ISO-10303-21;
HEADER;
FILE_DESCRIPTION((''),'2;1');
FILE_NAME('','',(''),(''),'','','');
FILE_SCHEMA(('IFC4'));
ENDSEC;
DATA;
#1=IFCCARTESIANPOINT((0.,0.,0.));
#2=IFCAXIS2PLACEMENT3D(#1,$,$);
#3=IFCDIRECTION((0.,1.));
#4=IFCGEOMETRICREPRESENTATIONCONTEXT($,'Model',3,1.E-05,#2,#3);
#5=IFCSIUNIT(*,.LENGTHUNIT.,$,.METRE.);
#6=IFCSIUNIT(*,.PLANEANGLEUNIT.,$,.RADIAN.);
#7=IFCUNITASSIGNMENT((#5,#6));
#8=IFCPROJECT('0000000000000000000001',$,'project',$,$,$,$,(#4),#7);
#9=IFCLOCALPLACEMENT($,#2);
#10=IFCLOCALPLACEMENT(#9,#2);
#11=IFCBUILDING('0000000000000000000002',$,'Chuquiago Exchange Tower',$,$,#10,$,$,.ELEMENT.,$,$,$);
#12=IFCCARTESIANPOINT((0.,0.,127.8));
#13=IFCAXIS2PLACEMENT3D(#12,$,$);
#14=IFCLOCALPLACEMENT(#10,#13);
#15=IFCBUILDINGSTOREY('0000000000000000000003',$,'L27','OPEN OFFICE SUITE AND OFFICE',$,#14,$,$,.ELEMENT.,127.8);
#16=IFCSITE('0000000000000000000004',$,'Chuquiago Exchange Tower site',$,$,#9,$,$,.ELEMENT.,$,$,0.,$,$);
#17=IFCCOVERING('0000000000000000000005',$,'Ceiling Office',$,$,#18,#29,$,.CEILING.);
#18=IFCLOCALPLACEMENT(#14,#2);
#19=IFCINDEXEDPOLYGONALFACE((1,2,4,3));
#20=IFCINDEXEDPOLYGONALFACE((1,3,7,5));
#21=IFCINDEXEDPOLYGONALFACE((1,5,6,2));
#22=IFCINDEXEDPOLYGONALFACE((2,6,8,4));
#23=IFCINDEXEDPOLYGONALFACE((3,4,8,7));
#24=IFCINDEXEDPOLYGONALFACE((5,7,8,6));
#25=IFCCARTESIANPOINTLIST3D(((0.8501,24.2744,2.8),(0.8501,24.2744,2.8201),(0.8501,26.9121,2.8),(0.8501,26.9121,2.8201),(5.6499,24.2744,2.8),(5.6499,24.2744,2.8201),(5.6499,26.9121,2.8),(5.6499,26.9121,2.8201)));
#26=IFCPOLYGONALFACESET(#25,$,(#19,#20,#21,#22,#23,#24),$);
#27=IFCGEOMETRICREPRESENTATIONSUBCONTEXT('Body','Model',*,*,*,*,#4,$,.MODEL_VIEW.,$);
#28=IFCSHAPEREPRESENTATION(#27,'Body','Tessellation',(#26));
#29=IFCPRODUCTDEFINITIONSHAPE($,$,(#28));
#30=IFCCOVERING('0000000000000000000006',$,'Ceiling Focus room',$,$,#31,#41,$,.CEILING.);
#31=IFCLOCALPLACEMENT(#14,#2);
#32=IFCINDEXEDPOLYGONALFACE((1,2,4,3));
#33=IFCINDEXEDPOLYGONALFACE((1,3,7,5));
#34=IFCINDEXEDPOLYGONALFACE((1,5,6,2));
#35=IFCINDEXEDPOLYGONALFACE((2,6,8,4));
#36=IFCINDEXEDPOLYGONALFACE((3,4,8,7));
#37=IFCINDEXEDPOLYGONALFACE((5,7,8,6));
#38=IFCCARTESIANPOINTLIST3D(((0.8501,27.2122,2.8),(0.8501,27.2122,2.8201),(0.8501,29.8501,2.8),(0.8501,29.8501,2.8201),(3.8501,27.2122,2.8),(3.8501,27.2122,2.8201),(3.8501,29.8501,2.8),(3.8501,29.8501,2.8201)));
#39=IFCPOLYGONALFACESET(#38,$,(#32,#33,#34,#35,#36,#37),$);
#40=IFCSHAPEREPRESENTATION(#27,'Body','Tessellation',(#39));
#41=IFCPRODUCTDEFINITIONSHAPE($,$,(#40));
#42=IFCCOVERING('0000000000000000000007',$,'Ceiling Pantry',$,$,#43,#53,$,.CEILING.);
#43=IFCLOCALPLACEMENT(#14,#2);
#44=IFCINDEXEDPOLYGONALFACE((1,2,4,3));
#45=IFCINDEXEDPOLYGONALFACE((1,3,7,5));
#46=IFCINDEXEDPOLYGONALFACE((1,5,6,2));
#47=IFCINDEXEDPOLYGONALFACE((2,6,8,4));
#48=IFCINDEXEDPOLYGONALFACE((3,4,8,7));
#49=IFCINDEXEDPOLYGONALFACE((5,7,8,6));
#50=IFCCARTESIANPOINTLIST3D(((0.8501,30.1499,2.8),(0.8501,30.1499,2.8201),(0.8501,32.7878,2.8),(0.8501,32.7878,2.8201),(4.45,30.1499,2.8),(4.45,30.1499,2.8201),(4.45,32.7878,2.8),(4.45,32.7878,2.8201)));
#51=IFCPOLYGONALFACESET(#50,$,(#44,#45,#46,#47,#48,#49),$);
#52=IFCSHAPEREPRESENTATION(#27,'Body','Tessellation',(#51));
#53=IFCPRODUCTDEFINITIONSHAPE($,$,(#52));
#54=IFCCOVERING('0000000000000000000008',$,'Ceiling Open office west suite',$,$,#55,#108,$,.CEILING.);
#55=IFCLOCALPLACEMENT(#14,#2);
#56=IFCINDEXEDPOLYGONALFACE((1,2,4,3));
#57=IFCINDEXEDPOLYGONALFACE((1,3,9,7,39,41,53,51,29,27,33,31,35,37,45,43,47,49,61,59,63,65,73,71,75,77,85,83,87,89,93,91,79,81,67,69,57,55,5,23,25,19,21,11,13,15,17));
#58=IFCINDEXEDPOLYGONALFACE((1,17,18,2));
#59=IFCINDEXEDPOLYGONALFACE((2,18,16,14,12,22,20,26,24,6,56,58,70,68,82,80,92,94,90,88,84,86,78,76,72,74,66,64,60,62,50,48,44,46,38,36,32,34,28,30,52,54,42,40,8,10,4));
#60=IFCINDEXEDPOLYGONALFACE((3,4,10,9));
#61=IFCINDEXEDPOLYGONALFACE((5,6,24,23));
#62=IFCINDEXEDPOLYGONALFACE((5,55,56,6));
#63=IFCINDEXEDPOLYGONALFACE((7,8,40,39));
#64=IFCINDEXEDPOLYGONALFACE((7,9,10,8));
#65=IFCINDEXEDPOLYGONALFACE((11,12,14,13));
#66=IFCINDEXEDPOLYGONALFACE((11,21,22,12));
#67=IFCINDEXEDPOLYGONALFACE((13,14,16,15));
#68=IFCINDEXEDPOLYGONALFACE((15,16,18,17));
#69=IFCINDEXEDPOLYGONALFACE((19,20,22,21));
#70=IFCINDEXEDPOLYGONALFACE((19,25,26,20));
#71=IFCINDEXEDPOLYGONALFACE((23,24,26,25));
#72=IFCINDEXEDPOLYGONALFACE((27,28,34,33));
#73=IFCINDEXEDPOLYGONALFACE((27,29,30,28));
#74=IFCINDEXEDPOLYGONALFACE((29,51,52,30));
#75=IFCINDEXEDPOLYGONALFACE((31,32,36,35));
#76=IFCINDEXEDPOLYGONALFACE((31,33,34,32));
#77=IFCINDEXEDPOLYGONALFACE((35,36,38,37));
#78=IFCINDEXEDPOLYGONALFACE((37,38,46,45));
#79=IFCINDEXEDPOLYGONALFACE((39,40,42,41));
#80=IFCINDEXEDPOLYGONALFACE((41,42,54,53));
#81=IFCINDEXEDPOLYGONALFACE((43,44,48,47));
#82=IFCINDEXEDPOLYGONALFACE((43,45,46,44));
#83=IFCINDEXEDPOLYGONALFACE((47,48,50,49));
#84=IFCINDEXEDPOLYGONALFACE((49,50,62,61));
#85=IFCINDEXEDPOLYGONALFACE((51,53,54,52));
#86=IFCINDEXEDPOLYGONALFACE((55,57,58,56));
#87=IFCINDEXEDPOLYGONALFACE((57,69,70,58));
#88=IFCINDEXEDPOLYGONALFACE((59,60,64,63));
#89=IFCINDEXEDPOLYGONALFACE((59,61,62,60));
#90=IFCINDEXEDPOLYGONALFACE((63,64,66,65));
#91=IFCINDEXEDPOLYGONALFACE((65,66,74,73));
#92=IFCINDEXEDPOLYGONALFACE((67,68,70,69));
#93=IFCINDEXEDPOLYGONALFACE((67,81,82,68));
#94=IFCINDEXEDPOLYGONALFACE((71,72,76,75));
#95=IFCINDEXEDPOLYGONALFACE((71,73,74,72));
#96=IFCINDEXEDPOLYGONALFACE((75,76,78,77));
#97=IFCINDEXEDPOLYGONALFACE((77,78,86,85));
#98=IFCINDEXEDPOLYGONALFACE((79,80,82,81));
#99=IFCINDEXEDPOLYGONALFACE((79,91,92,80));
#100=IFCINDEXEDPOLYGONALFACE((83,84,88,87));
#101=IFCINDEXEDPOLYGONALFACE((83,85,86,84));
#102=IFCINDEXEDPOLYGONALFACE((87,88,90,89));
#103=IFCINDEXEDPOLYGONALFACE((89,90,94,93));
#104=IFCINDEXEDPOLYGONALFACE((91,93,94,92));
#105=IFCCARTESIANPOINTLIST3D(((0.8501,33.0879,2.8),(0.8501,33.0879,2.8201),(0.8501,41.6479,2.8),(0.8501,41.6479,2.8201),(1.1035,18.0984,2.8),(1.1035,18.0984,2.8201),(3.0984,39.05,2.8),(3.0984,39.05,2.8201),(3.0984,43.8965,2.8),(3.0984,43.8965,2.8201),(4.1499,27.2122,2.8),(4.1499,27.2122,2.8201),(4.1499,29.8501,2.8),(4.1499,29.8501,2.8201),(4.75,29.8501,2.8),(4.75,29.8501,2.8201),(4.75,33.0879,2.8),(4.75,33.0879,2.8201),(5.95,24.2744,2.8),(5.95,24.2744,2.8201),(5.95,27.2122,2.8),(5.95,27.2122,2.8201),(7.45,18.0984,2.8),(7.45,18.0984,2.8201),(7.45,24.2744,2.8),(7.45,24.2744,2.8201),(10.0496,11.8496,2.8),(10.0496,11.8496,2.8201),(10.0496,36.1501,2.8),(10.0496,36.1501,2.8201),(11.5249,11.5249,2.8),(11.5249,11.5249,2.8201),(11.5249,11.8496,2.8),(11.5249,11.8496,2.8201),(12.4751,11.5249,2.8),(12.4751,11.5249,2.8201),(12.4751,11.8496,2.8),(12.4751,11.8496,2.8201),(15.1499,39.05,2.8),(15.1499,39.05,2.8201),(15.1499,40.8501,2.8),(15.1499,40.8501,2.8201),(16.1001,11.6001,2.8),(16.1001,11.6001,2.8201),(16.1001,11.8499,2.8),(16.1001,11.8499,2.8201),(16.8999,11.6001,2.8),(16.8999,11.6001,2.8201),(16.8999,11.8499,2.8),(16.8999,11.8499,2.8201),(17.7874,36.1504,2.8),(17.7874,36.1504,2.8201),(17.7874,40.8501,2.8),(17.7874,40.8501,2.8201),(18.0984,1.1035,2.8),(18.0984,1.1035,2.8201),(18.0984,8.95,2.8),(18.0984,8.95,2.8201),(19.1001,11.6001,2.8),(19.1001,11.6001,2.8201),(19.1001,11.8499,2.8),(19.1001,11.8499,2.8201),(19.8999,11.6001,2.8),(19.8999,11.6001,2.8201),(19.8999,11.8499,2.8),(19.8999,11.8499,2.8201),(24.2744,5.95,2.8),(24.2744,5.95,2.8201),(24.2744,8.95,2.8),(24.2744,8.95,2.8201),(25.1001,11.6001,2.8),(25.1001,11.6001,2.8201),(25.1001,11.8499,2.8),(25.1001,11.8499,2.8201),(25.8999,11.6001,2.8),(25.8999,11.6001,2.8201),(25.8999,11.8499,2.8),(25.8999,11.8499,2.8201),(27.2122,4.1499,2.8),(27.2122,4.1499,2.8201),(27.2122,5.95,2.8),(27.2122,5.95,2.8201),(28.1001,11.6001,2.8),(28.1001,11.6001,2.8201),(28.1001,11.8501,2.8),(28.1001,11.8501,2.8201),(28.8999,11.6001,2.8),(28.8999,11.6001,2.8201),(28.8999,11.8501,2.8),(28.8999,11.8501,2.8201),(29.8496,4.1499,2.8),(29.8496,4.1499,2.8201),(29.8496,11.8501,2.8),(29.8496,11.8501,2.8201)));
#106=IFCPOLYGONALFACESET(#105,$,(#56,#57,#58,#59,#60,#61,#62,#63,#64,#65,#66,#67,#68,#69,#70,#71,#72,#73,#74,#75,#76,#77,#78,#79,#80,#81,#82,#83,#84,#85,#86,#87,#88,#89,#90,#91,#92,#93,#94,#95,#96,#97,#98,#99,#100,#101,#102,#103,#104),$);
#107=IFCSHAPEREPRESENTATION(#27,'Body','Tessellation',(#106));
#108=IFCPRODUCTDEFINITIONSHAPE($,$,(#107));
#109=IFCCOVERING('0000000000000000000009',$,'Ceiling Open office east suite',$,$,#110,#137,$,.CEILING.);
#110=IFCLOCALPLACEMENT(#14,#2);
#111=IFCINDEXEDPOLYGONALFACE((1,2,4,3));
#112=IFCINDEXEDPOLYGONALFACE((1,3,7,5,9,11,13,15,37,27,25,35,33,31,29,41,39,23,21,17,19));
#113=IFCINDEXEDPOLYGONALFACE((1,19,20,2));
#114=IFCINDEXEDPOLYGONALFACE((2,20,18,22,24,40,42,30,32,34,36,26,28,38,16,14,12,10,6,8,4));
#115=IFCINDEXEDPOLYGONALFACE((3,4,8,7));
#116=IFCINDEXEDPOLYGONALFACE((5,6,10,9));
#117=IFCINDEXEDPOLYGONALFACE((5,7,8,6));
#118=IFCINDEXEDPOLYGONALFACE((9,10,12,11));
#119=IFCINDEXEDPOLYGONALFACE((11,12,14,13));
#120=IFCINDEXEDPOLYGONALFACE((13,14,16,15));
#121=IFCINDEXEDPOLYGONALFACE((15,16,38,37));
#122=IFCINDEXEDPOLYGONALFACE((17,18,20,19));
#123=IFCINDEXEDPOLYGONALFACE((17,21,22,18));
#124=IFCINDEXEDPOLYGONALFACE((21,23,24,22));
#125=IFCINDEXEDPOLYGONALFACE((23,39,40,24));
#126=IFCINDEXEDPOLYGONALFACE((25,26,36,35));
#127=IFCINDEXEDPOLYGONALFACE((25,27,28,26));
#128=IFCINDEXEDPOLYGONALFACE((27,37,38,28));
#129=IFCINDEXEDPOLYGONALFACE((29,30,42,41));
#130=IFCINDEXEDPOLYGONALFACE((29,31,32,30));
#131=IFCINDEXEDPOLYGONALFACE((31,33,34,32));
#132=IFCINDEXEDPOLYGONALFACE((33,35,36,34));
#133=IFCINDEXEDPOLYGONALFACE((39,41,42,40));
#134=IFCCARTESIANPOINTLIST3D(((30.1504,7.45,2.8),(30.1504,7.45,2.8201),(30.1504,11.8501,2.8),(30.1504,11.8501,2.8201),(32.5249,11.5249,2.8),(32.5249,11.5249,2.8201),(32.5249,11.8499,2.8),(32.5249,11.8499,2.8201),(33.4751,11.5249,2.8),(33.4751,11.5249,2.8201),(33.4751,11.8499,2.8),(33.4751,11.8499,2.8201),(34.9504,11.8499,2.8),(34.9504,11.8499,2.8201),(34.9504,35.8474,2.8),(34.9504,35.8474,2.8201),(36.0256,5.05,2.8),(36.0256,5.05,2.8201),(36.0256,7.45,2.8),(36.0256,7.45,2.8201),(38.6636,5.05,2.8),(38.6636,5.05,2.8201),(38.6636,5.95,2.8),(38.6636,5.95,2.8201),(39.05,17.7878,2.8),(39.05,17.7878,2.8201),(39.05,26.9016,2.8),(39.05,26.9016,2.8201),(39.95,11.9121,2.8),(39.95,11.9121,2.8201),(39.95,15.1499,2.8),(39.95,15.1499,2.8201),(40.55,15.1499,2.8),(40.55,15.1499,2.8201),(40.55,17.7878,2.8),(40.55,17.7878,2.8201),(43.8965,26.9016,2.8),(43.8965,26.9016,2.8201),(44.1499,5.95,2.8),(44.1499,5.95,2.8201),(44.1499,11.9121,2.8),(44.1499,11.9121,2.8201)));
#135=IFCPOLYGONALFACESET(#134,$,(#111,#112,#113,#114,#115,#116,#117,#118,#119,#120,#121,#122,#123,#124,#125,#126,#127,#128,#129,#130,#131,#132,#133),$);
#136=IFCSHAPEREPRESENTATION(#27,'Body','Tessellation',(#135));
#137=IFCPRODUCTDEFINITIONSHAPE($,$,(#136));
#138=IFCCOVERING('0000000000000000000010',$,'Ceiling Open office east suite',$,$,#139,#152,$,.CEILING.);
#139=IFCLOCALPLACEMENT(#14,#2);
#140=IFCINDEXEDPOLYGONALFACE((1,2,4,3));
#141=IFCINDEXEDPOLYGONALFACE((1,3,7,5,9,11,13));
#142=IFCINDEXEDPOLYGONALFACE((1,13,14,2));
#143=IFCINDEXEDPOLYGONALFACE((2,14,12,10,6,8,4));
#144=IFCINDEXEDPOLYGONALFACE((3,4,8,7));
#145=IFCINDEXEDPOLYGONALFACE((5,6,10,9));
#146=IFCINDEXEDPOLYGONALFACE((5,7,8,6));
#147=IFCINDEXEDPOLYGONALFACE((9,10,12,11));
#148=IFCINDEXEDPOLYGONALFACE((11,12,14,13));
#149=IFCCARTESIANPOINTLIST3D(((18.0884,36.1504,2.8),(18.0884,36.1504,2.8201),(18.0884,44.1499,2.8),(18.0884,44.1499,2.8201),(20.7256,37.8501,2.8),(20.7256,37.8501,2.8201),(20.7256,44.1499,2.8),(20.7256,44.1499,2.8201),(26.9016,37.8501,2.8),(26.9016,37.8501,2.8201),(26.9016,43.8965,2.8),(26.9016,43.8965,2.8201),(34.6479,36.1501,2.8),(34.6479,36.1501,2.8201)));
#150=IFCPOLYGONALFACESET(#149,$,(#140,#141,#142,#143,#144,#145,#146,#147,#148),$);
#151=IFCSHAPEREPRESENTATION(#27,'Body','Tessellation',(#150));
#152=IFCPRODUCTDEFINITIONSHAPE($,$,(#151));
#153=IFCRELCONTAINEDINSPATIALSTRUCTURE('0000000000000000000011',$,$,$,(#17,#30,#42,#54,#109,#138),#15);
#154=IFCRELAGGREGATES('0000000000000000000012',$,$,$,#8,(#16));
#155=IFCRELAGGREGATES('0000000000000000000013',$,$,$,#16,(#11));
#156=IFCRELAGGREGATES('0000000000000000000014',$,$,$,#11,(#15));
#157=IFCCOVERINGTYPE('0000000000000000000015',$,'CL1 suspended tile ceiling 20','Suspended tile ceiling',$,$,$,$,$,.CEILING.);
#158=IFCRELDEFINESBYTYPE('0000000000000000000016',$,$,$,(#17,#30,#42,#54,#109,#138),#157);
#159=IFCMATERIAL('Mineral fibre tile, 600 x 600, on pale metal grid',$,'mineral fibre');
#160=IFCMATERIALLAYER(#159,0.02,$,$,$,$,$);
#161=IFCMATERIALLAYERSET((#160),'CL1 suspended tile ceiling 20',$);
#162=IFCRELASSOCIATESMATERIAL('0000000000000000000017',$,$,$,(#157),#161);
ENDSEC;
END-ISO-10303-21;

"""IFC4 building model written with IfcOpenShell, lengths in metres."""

from ifc_helpers import new_model, si_unit, direction, frame, origin, place, context, subcontext, project, spatial, polyline, outline, extrude, material, layer, layer_set, type_object, element, save


model = new_model("IFC4")

# Units and contexts
model_context = context("Model", 3, precision=1e-05, world=origin(), true_north=direction((0.0, 1.0)))
body_context = subcontext(model_context, "Body", "Model", "MODEL_VIEW")
ifc_project = project(units=[si_unit("LENGTHUNIT", "METRE"), si_unit("PLANEANGLEUNIT", "RADIAN")], contexts=[model_context])

# Site, building, storey
site_placement = place(None, origin())
site = spatial("IfcSite", under=ifc_project, at=site_placement, Name="Chuquiago Exchange Tower site", CompositionType="ELEMENT", RefElevation=0.0)
building_placement = place(site_placement, origin())
building = spatial("IfcBuilding", under=site, at=building_placement, Name="Chuquiago Exchange Tower", CompositionType="ELEMENT")
storey_placement = place(building_placement, frame((0.0, 0.0, 127.8)))
storey = spatial("IfcBuildingStorey", under=building, at=storey_placement, Name="L27", Description="OPEN OFFICE SUITE AND OFFICE", CompositionType="ELEMENT", Elevation=127.8)

# Coverings
ifc_material_1 = material(Name="Mineral fibre tile, 600 x 600, on pale metal grid", Category="mineral fibre")
ifc_layer_1 = layer(ifc_material_1, 0.02)
ifc_layer_set_1 = layer_set([ifc_layer_1], Name="CL1 suspended tile ceiling 20")
covering_type_1 = type_object("IfcCoveringType", Name="CL1 suspended tile ceiling 20", Description="Suspended tile ceiling", PredefinedType="CEILING", material=ifc_layer_set_1)
covering_1_placement = place(storey_placement, frame((0.0, 0.0, 2.8)))
element("IfcCovering", 1, at=covering_1_placement, inside=storey, type_object=covering_type_1, Name="Ceiling Office", PredefinedType="CEILING", context=body_context, shape_type="SweptSolid", body=[
    extrude(outline(polyline([(5.6499, 26.9121), (5.6499, 24.2744), (0.8501, 24.2744), (0.8501, 26.9121), (5.6499, 26.9121)])), origin(), (0.0, 0.0, 1.0), 0.02),
])
covering_2_placement = place(storey_placement, frame((0.0, 0.0, 2.8)))
element("IfcCovering", 2, at=covering_2_placement, inside=storey, type_object=covering_type_1, Name="Ceiling Focus room", PredefinedType="CEILING", context=body_context, shape_type="SweptSolid", body=[
    extrude(outline(polyline([(3.8501, 29.8501), (3.8501, 27.2122), (0.8501, 27.2122), (0.8501, 29.8501), (3.8501, 29.8501)])), origin(), (0.0, 0.0, 1.0), 0.02),
])
covering_3_placement = place(storey_placement, frame((0.0, 0.0, 2.8)))
element("IfcCovering", 3, at=covering_3_placement, inside=storey, type_object=covering_type_1, Name="Ceiling Pantry", PredefinedType="CEILING", context=body_context, shape_type="SweptSolid", body=[
    extrude(outline(polyline([(4.45, 32.7878), (4.45, 30.1499), (0.8501, 30.1499), (0.8501, 32.7878), (4.45, 32.7878)])), origin(), (0.0, 0.0, 1.0), 0.02),
])
covering_4_placement = place(storey_placement, frame((0.0, 0.0, 2.8)))
element("IfcCovering", 4, at=covering_4_placement, inside=storey, type_object=covering_type_1, Name="Ceiling Open office west suite", PredefinedType="CEILING", context=body_context, shape_type="SweptSolid", body=[
    extrude(outline(polyline([(3.0984, 39.05), (15.1499, 39.05), (15.1499, 40.8501), (17.7874, 40.8501), (17.7874, 36.1504), (10.0496, 36.1501), (10.0496, 11.8496), (11.5249, 11.8496), (11.5249, 11.5249), (12.4751, 11.5249), (12.4751, 11.8496), (16.1001, 11.8499), (16.1001, 11.6001), (16.8999, 11.6001), (16.8999, 11.8499), (19.1001, 11.8499), (19.1001, 11.6001), (19.8999, 11.6001), (19.8999, 11.8499), (25.1001, 11.8499), (25.1001, 11.6001), (25.8999, 11.6001), (25.8999, 11.8499), (28.1001, 11.8501), (28.1001, 11.6001), (28.8999, 11.6001), (28.8999, 11.8501), (29.8496, 11.8501), (29.8496, 4.1499), (27.2122, 4.1499), (27.2122, 5.95), (24.2744, 5.95), (24.2744, 8.95), (18.0984, 8.95), (18.0984, 1.1035), (1.1035, 18.0984), (7.45, 18.0984), (7.45, 24.2744), (5.95, 24.2744), (5.95, 27.2122), (4.1499, 27.2122), (4.1499, 29.8501), (4.75, 29.8501), (4.75, 33.0879), (0.8501, 33.0879), (0.8501, 41.6479), (3.0984, 43.8965), (3.0984, 39.05)])), origin(), (0.0, 0.0, 1.0), 0.02),
])
covering_5_placement = place(storey_placement, frame((0.0, 0.0, 2.8)))
element("IfcCovering", 5, at=covering_5_placement, inside=storey, type_object=covering_type_1, Name="Ceiling Open office east suite", PredefinedType="CEILING", context=body_context, shape_type="SweptSolid", body=[
    extrude(outline(polyline([(43.8965, 26.9016), (39.05, 26.9016), (39.05, 17.7878), (40.55, 17.7878), (40.55, 15.1499), (39.95, 15.1499), (39.95, 11.9121), (44.1499, 11.9121), (44.1499, 5.95), (38.6636, 5.95), (38.6636, 5.05), (36.0256, 5.05), (36.0256, 7.45), (30.1504, 7.45), (30.1504, 11.8501), (32.5249, 11.8499), (32.5249, 11.5249), (33.4751, 11.5249), (33.4751, 11.8499), (34.9504, 11.8499), (34.9504, 35.8474), (43.8965, 26.9016)])), origin(), (0.0, 0.0, 1.0), 0.02),
])
covering_6_placement = place(storey_placement, frame((0.0, 0.0, 2.8)))
element("IfcCovering", 6, at=covering_6_placement, inside=storey, type_object=covering_type_1, Name="Ceiling Open office east suite", PredefinedType="CEILING", context=body_context, shape_type="SweptSolid", body=[
    extrude(outline(polyline([(20.7256, 37.8501), (26.9016, 37.8501), (26.9016, 43.8965), (34.6479, 36.1501), (18.0884, 36.1504), (18.0884, 44.1499), (20.7256, 44.1499), (20.7256, 37.8501)])), origin(), (0.0, 0.0, 1.0), 0.02),
])

save(model, "model.ifc")
